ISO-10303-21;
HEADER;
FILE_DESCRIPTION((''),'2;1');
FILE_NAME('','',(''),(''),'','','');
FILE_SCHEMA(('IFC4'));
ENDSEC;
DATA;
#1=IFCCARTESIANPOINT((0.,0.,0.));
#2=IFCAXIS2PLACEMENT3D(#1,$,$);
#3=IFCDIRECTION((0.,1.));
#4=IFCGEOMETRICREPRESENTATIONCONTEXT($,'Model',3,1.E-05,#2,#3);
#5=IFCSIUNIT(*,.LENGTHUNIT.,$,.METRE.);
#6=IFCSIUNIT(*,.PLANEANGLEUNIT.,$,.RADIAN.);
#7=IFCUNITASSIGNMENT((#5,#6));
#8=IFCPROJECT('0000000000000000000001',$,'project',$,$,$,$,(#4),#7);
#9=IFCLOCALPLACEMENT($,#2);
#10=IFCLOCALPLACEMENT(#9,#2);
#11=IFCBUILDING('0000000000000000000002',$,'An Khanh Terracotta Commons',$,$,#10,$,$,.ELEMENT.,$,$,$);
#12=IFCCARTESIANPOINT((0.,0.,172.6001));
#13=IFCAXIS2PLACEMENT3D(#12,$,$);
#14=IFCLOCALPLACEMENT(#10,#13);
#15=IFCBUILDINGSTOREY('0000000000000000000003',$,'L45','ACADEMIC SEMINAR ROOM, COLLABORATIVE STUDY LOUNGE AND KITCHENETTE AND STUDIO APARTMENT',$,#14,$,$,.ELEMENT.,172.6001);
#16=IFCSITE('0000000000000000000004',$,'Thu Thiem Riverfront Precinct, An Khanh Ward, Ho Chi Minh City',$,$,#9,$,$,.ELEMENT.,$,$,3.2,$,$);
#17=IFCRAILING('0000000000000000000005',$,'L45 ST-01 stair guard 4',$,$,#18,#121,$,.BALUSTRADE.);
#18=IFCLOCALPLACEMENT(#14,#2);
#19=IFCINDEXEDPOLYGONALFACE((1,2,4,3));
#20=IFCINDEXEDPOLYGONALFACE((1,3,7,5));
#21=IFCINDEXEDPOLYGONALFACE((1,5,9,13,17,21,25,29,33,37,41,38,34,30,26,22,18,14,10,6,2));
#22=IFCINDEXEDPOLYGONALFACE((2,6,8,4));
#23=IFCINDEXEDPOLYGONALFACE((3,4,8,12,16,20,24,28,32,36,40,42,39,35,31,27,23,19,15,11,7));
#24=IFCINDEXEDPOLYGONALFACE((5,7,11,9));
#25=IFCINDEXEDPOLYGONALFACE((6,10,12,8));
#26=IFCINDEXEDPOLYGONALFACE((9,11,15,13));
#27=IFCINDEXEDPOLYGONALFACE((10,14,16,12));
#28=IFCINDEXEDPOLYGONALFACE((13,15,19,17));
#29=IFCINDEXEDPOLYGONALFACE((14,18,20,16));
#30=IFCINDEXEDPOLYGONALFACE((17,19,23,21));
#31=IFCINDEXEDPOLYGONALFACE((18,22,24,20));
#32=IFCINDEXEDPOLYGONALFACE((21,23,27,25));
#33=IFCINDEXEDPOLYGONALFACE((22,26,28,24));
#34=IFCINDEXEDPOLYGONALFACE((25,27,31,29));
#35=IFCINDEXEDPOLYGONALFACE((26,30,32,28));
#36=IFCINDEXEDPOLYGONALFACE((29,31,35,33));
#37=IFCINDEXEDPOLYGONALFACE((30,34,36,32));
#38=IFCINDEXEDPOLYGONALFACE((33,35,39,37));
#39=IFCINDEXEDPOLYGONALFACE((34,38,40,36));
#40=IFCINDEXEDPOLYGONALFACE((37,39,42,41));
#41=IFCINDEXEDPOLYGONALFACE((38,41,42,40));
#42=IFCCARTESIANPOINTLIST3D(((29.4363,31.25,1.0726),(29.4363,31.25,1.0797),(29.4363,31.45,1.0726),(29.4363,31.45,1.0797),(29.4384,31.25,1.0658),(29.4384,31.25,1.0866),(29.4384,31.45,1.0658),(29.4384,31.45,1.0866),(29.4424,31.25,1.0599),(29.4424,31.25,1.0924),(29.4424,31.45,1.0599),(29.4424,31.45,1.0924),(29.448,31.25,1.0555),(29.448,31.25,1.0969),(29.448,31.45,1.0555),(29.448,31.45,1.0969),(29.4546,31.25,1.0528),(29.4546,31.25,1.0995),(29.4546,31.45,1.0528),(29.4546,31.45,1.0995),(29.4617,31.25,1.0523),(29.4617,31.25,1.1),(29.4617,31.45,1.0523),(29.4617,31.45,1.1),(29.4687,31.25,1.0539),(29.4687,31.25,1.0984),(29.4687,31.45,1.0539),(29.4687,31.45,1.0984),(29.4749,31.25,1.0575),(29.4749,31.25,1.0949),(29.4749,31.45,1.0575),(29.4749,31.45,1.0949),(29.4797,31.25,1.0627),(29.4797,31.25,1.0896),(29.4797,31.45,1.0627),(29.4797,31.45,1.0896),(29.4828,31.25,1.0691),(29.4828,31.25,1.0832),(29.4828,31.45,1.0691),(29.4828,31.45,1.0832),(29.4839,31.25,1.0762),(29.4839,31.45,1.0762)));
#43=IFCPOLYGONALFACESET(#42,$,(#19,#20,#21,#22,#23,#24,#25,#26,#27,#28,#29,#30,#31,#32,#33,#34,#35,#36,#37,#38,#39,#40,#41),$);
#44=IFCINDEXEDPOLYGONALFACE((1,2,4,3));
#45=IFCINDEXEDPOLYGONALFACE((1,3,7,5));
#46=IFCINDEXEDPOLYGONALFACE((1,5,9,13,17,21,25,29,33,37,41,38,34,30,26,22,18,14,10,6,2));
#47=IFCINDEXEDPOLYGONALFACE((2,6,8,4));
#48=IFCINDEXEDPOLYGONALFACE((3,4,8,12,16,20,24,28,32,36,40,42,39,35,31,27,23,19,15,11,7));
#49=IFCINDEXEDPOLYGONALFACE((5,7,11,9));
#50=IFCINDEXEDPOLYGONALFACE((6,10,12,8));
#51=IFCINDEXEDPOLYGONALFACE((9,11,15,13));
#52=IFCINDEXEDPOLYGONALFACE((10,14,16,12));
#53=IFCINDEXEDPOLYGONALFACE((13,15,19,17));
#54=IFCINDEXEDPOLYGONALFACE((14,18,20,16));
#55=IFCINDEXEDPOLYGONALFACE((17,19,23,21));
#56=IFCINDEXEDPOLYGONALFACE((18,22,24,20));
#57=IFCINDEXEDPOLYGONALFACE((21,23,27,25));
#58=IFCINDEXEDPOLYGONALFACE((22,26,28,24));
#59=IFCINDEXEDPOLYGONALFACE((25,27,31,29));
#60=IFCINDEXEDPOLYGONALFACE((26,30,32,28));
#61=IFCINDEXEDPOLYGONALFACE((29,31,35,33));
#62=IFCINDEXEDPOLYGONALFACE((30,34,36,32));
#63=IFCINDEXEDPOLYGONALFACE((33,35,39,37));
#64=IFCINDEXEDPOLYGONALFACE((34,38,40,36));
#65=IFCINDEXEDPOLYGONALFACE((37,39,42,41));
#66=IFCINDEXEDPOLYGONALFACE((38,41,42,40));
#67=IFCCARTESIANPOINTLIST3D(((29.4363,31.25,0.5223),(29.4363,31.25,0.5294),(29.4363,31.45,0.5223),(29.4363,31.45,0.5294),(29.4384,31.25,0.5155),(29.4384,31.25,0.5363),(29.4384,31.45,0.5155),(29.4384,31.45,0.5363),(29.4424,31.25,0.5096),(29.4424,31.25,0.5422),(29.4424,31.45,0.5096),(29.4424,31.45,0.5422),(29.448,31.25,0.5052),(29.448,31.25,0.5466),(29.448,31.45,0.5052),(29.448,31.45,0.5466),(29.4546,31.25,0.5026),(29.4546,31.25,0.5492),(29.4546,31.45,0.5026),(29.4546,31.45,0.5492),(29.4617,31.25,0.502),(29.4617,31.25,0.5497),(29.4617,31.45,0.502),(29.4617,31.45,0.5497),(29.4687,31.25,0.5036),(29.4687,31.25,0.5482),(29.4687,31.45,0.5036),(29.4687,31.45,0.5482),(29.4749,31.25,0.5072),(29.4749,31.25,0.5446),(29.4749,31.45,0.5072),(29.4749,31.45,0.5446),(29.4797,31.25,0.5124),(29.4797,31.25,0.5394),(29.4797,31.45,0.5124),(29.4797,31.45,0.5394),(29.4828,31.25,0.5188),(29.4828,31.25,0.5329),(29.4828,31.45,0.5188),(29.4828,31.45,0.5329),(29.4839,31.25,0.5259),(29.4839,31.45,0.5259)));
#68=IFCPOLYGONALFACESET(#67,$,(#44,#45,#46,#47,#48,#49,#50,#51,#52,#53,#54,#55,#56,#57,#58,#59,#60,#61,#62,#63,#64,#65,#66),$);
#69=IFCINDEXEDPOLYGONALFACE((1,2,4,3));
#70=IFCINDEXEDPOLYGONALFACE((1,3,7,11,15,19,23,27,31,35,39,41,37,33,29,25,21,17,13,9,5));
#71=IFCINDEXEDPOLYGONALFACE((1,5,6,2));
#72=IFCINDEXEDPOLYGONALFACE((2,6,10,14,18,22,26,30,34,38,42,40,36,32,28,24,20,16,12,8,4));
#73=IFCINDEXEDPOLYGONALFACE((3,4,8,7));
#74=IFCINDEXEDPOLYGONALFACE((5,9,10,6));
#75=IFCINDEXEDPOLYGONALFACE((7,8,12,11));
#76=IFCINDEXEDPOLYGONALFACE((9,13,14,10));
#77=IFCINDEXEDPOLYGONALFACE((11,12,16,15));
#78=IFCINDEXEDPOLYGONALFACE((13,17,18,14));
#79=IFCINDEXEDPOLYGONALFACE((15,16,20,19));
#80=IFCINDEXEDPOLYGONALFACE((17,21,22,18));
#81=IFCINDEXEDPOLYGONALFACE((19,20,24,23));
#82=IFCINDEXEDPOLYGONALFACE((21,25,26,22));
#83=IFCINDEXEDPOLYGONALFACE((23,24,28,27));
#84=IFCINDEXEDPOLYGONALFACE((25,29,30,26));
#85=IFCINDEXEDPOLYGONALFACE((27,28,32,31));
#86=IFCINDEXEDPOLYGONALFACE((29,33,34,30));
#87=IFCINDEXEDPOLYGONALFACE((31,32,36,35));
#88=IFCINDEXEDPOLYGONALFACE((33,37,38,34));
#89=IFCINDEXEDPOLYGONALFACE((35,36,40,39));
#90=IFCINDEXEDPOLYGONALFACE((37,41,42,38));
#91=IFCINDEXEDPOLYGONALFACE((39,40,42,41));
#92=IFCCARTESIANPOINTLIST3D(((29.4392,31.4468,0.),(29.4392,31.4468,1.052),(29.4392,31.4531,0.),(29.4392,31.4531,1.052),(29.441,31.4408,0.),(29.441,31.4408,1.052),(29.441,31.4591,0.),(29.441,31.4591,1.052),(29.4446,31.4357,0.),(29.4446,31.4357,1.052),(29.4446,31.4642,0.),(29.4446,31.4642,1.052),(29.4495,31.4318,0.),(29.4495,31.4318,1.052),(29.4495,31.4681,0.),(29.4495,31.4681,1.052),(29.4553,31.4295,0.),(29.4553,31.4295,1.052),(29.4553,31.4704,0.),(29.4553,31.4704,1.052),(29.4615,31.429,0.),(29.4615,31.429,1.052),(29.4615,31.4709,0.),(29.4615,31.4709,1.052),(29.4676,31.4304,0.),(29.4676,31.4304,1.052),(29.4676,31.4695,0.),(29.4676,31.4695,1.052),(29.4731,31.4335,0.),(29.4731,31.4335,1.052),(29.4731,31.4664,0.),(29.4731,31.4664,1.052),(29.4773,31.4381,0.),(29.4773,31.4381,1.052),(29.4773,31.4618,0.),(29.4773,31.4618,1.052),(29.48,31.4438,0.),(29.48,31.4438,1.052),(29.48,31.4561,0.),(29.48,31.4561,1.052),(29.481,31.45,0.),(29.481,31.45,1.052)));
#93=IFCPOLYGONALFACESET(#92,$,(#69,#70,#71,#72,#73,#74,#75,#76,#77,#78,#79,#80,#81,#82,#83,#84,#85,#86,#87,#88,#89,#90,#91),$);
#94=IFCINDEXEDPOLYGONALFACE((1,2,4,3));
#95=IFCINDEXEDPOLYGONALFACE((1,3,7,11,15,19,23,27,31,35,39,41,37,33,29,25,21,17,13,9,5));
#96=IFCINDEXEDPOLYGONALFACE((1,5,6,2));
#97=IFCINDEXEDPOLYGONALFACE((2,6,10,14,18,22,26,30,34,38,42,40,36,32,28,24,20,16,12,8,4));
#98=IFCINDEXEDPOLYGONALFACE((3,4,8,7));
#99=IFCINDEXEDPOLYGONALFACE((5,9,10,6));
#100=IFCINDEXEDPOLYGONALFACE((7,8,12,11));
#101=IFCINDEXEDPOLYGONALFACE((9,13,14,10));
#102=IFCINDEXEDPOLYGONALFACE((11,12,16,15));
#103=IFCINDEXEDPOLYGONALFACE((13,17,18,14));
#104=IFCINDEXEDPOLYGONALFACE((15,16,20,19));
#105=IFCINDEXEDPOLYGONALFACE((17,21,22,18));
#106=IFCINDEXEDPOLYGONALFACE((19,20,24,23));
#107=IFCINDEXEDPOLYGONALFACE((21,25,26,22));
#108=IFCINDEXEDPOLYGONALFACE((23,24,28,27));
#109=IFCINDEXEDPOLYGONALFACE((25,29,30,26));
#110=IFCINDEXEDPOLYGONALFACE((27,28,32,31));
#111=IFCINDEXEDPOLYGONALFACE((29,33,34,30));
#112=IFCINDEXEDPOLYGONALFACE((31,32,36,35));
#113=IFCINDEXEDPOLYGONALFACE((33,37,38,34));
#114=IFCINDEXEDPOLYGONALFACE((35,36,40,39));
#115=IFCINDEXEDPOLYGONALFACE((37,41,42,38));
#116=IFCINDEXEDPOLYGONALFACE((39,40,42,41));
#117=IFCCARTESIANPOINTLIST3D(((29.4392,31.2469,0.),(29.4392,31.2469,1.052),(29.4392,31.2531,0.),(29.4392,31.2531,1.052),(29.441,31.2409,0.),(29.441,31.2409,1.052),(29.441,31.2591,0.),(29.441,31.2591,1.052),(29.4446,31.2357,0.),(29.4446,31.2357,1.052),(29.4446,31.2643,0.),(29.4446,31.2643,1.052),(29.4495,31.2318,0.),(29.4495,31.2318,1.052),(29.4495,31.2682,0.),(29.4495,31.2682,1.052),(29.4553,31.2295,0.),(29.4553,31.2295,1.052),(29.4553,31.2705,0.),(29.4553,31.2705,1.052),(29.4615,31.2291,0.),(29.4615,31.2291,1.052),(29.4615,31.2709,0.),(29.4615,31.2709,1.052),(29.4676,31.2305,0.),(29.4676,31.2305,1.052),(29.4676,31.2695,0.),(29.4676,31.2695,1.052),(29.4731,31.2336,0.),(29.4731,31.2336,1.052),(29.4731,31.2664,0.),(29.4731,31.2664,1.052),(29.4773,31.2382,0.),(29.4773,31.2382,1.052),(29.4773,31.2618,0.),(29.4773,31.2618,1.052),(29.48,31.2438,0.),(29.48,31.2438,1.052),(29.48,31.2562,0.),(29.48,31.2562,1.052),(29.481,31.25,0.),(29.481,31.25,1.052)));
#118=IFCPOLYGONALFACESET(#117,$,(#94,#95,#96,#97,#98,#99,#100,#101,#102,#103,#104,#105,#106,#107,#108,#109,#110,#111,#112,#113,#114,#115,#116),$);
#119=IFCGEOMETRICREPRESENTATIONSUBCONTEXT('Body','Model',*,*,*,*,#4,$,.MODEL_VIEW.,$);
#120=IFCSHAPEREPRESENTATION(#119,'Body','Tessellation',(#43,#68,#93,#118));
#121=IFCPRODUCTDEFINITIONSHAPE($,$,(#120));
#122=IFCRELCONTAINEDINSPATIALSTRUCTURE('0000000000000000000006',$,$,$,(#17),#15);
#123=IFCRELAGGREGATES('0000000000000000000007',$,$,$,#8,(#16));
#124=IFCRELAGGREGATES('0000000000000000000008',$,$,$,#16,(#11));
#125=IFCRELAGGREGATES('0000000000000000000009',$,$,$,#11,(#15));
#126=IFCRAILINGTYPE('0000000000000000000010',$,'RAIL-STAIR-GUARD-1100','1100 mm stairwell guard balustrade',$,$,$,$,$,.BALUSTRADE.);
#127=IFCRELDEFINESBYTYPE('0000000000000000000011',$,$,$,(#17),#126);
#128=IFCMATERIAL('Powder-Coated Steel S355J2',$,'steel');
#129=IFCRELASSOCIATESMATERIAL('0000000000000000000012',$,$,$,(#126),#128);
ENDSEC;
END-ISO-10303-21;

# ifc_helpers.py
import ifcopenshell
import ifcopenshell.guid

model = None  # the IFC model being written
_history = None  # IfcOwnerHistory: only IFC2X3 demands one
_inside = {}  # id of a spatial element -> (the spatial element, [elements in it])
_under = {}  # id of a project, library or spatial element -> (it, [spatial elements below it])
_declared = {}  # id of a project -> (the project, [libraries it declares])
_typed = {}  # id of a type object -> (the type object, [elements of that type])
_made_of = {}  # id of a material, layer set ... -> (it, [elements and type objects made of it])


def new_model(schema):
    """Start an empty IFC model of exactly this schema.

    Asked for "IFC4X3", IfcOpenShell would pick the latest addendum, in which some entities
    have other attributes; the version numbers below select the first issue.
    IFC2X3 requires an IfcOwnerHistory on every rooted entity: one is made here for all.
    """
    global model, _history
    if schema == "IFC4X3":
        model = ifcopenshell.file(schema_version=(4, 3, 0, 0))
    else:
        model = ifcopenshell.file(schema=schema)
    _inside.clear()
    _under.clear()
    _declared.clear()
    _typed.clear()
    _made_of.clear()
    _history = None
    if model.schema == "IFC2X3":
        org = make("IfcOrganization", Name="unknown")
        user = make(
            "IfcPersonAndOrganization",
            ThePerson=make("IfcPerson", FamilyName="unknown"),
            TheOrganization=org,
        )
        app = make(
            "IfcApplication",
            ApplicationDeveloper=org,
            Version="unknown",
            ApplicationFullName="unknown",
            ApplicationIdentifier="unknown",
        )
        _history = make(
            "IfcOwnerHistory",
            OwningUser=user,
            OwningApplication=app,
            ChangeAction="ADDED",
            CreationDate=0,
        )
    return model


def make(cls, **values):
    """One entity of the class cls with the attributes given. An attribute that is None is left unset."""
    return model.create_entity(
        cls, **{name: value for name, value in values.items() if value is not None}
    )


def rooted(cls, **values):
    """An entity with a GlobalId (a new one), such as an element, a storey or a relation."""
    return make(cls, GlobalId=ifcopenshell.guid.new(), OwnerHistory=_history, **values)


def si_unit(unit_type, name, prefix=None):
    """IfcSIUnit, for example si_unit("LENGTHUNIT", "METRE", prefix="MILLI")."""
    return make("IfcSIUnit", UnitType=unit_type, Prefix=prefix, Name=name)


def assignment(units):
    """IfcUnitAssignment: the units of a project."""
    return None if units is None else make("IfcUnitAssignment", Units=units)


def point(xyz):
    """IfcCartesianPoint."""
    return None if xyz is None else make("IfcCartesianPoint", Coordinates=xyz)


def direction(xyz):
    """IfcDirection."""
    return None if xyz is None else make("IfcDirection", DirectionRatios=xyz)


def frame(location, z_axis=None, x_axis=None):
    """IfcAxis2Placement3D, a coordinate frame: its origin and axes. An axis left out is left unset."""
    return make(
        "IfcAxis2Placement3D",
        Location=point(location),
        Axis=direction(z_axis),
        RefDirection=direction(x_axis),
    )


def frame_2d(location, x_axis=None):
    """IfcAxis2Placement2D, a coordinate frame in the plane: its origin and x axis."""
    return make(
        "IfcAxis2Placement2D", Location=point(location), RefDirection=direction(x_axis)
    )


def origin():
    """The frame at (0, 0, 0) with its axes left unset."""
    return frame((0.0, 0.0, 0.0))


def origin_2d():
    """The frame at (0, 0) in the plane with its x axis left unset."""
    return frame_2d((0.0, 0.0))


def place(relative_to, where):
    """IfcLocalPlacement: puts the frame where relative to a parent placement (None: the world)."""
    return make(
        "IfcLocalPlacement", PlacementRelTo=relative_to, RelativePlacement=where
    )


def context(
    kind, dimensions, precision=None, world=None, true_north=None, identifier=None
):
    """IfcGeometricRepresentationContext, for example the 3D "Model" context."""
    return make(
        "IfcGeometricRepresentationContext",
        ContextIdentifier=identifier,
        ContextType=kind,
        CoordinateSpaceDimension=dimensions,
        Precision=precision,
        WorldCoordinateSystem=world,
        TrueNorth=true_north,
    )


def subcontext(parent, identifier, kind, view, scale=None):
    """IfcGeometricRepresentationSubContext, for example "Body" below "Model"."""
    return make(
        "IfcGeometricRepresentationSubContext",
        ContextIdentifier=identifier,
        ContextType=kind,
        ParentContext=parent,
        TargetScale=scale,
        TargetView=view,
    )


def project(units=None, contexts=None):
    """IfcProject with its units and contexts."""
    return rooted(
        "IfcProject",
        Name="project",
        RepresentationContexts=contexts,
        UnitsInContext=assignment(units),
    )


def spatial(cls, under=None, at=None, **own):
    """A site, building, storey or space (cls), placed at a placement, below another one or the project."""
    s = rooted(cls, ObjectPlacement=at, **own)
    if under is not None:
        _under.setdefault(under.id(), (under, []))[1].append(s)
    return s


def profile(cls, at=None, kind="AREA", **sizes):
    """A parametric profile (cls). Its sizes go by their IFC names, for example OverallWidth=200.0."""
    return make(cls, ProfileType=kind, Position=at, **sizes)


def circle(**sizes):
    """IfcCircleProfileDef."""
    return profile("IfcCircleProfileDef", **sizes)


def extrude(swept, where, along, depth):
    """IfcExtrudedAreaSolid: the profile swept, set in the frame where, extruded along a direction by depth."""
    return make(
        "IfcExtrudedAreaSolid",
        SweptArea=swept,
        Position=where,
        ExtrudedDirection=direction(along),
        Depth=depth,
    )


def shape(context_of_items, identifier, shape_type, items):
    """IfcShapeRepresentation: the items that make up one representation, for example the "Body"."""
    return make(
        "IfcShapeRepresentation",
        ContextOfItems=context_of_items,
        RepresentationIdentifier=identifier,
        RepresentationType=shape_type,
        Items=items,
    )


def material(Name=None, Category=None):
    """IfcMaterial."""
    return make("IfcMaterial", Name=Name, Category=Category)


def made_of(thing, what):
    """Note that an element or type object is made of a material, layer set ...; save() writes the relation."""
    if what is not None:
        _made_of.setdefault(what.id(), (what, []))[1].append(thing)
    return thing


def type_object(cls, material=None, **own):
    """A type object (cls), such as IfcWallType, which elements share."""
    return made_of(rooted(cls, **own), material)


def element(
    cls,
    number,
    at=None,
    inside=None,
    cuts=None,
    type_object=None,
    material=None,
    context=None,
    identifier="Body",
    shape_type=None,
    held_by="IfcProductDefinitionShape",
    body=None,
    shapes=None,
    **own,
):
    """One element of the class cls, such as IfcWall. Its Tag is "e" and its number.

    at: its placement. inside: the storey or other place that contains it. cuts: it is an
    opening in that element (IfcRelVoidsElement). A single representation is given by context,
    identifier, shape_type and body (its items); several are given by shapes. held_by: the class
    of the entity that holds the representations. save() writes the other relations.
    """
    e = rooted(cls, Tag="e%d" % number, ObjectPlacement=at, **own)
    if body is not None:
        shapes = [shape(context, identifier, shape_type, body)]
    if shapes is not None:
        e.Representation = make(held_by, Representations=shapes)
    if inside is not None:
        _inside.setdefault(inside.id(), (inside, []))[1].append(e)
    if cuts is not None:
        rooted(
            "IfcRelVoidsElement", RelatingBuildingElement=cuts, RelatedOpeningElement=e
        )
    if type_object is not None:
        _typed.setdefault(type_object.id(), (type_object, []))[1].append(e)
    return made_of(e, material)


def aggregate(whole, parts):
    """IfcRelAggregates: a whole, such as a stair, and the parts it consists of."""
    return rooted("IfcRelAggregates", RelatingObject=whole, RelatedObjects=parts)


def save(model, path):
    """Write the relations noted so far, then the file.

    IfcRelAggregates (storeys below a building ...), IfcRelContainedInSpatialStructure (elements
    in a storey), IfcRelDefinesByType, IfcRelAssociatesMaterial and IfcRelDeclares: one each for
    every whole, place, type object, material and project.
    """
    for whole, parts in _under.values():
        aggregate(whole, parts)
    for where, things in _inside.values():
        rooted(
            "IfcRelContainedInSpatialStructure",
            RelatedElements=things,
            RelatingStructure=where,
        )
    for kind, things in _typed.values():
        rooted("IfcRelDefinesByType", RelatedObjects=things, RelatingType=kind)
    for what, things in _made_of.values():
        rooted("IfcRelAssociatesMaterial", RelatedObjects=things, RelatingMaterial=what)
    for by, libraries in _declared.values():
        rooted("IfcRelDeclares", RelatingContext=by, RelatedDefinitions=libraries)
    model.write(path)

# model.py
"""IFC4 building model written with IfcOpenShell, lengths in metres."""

from ifc_helpers import new_model, si_unit, direction, frame, origin, origin_2d, place, context, subcontext, project, spatial, circle, extrude, material, type_object, element, save


model = new_model("IFC4")

# Units and contexts
model_context = context("Model", 3, precision=1e-05, world=origin(), true_north=direction((0.0, 1.0)))
body_context = subcontext(model_context, "Body", "Model", "MODEL_VIEW")
ifc_project = project(units=[si_unit("LENGTHUNIT", "METRE"), si_unit("PLANEANGLEUNIT", "RADIAN")], contexts=[model_context])

# Site, building, storey
site_placement = place(None, origin())
site = spatial("IfcSite", under=ifc_project, at=site_placement, Name="Thu Thiem Riverfront Precinct, An Khanh Ward, Ho Chi Minh City", CompositionType="ELEMENT", RefElevation=3.2)
building_placement = place(site_placement, origin())
building = spatial("IfcBuilding", under=site, at=building_placement, Name="An Khanh Terracotta Commons", CompositionType="ELEMENT")
storey_placement = place(building_placement, frame((0.0, 0.0, 172.6001)))
storey = spatial("IfcBuildingStorey", under=building, at=storey_placement, Name="L45", Description="ACADEMIC SEMINAR ROOM, COLLABORATIVE STUDY LOUNGE AND KITCHENETTE AND STUDIO APARTMENT", CompositionType="ELEMENT", Elevation=172.6001)

# Railing
ifc_material_1 = material(Name="Powder-Coated Steel S355J2", Category="steel")
railing_type_1 = type_object("IfcRailingType", Name="RAIL-STAIR-GUARD-1100", Description="1100 mm stairwell guard balustrade", PredefinedType="BALUSTRADE", material=ifc_material_1)
railing_1_placement = place(storey_placement, frame((29.46, 31.45, 0.0)))
element("IfcRailing", 1, at=railing_1_placement, inside=storey, type_object=railing_type_1, Name="L45 ST-01 stair guard 4", PredefinedType="BALUSTRADE", context=body_context, shape_type="SweptSolid", body=[
    extrude(circle(Radius=0.0239, at=origin_2d()), frame((0.0, 0.0, 1.0762), z_axis=(0.0, -1.0, 0.0), x_axis=(1.0, 0.0, 0.0)), (0.0, 0.0, 1.0), 0.2),
    extrude(circle(Radius=0.0239, at=origin_2d()), frame((0.0, 0.0, 0.5259), z_axis=(0.0, -1.0, 0.0), x_axis=(1.0, 0.0, 0.0)), (0.0, 0.0, 1.0), 0.2),
    extrude(circle(Radius=0.021, at=origin_2d()), origin(), (0.0, 0.0, 1.0), 1.052),
    extrude(circle(Radius=0.021, at=origin_2d()), frame((0.0, -0.2, 0.0)), (0.0, 0.0, 1.0), 1.052),
])

save(model, "model.ifc")
